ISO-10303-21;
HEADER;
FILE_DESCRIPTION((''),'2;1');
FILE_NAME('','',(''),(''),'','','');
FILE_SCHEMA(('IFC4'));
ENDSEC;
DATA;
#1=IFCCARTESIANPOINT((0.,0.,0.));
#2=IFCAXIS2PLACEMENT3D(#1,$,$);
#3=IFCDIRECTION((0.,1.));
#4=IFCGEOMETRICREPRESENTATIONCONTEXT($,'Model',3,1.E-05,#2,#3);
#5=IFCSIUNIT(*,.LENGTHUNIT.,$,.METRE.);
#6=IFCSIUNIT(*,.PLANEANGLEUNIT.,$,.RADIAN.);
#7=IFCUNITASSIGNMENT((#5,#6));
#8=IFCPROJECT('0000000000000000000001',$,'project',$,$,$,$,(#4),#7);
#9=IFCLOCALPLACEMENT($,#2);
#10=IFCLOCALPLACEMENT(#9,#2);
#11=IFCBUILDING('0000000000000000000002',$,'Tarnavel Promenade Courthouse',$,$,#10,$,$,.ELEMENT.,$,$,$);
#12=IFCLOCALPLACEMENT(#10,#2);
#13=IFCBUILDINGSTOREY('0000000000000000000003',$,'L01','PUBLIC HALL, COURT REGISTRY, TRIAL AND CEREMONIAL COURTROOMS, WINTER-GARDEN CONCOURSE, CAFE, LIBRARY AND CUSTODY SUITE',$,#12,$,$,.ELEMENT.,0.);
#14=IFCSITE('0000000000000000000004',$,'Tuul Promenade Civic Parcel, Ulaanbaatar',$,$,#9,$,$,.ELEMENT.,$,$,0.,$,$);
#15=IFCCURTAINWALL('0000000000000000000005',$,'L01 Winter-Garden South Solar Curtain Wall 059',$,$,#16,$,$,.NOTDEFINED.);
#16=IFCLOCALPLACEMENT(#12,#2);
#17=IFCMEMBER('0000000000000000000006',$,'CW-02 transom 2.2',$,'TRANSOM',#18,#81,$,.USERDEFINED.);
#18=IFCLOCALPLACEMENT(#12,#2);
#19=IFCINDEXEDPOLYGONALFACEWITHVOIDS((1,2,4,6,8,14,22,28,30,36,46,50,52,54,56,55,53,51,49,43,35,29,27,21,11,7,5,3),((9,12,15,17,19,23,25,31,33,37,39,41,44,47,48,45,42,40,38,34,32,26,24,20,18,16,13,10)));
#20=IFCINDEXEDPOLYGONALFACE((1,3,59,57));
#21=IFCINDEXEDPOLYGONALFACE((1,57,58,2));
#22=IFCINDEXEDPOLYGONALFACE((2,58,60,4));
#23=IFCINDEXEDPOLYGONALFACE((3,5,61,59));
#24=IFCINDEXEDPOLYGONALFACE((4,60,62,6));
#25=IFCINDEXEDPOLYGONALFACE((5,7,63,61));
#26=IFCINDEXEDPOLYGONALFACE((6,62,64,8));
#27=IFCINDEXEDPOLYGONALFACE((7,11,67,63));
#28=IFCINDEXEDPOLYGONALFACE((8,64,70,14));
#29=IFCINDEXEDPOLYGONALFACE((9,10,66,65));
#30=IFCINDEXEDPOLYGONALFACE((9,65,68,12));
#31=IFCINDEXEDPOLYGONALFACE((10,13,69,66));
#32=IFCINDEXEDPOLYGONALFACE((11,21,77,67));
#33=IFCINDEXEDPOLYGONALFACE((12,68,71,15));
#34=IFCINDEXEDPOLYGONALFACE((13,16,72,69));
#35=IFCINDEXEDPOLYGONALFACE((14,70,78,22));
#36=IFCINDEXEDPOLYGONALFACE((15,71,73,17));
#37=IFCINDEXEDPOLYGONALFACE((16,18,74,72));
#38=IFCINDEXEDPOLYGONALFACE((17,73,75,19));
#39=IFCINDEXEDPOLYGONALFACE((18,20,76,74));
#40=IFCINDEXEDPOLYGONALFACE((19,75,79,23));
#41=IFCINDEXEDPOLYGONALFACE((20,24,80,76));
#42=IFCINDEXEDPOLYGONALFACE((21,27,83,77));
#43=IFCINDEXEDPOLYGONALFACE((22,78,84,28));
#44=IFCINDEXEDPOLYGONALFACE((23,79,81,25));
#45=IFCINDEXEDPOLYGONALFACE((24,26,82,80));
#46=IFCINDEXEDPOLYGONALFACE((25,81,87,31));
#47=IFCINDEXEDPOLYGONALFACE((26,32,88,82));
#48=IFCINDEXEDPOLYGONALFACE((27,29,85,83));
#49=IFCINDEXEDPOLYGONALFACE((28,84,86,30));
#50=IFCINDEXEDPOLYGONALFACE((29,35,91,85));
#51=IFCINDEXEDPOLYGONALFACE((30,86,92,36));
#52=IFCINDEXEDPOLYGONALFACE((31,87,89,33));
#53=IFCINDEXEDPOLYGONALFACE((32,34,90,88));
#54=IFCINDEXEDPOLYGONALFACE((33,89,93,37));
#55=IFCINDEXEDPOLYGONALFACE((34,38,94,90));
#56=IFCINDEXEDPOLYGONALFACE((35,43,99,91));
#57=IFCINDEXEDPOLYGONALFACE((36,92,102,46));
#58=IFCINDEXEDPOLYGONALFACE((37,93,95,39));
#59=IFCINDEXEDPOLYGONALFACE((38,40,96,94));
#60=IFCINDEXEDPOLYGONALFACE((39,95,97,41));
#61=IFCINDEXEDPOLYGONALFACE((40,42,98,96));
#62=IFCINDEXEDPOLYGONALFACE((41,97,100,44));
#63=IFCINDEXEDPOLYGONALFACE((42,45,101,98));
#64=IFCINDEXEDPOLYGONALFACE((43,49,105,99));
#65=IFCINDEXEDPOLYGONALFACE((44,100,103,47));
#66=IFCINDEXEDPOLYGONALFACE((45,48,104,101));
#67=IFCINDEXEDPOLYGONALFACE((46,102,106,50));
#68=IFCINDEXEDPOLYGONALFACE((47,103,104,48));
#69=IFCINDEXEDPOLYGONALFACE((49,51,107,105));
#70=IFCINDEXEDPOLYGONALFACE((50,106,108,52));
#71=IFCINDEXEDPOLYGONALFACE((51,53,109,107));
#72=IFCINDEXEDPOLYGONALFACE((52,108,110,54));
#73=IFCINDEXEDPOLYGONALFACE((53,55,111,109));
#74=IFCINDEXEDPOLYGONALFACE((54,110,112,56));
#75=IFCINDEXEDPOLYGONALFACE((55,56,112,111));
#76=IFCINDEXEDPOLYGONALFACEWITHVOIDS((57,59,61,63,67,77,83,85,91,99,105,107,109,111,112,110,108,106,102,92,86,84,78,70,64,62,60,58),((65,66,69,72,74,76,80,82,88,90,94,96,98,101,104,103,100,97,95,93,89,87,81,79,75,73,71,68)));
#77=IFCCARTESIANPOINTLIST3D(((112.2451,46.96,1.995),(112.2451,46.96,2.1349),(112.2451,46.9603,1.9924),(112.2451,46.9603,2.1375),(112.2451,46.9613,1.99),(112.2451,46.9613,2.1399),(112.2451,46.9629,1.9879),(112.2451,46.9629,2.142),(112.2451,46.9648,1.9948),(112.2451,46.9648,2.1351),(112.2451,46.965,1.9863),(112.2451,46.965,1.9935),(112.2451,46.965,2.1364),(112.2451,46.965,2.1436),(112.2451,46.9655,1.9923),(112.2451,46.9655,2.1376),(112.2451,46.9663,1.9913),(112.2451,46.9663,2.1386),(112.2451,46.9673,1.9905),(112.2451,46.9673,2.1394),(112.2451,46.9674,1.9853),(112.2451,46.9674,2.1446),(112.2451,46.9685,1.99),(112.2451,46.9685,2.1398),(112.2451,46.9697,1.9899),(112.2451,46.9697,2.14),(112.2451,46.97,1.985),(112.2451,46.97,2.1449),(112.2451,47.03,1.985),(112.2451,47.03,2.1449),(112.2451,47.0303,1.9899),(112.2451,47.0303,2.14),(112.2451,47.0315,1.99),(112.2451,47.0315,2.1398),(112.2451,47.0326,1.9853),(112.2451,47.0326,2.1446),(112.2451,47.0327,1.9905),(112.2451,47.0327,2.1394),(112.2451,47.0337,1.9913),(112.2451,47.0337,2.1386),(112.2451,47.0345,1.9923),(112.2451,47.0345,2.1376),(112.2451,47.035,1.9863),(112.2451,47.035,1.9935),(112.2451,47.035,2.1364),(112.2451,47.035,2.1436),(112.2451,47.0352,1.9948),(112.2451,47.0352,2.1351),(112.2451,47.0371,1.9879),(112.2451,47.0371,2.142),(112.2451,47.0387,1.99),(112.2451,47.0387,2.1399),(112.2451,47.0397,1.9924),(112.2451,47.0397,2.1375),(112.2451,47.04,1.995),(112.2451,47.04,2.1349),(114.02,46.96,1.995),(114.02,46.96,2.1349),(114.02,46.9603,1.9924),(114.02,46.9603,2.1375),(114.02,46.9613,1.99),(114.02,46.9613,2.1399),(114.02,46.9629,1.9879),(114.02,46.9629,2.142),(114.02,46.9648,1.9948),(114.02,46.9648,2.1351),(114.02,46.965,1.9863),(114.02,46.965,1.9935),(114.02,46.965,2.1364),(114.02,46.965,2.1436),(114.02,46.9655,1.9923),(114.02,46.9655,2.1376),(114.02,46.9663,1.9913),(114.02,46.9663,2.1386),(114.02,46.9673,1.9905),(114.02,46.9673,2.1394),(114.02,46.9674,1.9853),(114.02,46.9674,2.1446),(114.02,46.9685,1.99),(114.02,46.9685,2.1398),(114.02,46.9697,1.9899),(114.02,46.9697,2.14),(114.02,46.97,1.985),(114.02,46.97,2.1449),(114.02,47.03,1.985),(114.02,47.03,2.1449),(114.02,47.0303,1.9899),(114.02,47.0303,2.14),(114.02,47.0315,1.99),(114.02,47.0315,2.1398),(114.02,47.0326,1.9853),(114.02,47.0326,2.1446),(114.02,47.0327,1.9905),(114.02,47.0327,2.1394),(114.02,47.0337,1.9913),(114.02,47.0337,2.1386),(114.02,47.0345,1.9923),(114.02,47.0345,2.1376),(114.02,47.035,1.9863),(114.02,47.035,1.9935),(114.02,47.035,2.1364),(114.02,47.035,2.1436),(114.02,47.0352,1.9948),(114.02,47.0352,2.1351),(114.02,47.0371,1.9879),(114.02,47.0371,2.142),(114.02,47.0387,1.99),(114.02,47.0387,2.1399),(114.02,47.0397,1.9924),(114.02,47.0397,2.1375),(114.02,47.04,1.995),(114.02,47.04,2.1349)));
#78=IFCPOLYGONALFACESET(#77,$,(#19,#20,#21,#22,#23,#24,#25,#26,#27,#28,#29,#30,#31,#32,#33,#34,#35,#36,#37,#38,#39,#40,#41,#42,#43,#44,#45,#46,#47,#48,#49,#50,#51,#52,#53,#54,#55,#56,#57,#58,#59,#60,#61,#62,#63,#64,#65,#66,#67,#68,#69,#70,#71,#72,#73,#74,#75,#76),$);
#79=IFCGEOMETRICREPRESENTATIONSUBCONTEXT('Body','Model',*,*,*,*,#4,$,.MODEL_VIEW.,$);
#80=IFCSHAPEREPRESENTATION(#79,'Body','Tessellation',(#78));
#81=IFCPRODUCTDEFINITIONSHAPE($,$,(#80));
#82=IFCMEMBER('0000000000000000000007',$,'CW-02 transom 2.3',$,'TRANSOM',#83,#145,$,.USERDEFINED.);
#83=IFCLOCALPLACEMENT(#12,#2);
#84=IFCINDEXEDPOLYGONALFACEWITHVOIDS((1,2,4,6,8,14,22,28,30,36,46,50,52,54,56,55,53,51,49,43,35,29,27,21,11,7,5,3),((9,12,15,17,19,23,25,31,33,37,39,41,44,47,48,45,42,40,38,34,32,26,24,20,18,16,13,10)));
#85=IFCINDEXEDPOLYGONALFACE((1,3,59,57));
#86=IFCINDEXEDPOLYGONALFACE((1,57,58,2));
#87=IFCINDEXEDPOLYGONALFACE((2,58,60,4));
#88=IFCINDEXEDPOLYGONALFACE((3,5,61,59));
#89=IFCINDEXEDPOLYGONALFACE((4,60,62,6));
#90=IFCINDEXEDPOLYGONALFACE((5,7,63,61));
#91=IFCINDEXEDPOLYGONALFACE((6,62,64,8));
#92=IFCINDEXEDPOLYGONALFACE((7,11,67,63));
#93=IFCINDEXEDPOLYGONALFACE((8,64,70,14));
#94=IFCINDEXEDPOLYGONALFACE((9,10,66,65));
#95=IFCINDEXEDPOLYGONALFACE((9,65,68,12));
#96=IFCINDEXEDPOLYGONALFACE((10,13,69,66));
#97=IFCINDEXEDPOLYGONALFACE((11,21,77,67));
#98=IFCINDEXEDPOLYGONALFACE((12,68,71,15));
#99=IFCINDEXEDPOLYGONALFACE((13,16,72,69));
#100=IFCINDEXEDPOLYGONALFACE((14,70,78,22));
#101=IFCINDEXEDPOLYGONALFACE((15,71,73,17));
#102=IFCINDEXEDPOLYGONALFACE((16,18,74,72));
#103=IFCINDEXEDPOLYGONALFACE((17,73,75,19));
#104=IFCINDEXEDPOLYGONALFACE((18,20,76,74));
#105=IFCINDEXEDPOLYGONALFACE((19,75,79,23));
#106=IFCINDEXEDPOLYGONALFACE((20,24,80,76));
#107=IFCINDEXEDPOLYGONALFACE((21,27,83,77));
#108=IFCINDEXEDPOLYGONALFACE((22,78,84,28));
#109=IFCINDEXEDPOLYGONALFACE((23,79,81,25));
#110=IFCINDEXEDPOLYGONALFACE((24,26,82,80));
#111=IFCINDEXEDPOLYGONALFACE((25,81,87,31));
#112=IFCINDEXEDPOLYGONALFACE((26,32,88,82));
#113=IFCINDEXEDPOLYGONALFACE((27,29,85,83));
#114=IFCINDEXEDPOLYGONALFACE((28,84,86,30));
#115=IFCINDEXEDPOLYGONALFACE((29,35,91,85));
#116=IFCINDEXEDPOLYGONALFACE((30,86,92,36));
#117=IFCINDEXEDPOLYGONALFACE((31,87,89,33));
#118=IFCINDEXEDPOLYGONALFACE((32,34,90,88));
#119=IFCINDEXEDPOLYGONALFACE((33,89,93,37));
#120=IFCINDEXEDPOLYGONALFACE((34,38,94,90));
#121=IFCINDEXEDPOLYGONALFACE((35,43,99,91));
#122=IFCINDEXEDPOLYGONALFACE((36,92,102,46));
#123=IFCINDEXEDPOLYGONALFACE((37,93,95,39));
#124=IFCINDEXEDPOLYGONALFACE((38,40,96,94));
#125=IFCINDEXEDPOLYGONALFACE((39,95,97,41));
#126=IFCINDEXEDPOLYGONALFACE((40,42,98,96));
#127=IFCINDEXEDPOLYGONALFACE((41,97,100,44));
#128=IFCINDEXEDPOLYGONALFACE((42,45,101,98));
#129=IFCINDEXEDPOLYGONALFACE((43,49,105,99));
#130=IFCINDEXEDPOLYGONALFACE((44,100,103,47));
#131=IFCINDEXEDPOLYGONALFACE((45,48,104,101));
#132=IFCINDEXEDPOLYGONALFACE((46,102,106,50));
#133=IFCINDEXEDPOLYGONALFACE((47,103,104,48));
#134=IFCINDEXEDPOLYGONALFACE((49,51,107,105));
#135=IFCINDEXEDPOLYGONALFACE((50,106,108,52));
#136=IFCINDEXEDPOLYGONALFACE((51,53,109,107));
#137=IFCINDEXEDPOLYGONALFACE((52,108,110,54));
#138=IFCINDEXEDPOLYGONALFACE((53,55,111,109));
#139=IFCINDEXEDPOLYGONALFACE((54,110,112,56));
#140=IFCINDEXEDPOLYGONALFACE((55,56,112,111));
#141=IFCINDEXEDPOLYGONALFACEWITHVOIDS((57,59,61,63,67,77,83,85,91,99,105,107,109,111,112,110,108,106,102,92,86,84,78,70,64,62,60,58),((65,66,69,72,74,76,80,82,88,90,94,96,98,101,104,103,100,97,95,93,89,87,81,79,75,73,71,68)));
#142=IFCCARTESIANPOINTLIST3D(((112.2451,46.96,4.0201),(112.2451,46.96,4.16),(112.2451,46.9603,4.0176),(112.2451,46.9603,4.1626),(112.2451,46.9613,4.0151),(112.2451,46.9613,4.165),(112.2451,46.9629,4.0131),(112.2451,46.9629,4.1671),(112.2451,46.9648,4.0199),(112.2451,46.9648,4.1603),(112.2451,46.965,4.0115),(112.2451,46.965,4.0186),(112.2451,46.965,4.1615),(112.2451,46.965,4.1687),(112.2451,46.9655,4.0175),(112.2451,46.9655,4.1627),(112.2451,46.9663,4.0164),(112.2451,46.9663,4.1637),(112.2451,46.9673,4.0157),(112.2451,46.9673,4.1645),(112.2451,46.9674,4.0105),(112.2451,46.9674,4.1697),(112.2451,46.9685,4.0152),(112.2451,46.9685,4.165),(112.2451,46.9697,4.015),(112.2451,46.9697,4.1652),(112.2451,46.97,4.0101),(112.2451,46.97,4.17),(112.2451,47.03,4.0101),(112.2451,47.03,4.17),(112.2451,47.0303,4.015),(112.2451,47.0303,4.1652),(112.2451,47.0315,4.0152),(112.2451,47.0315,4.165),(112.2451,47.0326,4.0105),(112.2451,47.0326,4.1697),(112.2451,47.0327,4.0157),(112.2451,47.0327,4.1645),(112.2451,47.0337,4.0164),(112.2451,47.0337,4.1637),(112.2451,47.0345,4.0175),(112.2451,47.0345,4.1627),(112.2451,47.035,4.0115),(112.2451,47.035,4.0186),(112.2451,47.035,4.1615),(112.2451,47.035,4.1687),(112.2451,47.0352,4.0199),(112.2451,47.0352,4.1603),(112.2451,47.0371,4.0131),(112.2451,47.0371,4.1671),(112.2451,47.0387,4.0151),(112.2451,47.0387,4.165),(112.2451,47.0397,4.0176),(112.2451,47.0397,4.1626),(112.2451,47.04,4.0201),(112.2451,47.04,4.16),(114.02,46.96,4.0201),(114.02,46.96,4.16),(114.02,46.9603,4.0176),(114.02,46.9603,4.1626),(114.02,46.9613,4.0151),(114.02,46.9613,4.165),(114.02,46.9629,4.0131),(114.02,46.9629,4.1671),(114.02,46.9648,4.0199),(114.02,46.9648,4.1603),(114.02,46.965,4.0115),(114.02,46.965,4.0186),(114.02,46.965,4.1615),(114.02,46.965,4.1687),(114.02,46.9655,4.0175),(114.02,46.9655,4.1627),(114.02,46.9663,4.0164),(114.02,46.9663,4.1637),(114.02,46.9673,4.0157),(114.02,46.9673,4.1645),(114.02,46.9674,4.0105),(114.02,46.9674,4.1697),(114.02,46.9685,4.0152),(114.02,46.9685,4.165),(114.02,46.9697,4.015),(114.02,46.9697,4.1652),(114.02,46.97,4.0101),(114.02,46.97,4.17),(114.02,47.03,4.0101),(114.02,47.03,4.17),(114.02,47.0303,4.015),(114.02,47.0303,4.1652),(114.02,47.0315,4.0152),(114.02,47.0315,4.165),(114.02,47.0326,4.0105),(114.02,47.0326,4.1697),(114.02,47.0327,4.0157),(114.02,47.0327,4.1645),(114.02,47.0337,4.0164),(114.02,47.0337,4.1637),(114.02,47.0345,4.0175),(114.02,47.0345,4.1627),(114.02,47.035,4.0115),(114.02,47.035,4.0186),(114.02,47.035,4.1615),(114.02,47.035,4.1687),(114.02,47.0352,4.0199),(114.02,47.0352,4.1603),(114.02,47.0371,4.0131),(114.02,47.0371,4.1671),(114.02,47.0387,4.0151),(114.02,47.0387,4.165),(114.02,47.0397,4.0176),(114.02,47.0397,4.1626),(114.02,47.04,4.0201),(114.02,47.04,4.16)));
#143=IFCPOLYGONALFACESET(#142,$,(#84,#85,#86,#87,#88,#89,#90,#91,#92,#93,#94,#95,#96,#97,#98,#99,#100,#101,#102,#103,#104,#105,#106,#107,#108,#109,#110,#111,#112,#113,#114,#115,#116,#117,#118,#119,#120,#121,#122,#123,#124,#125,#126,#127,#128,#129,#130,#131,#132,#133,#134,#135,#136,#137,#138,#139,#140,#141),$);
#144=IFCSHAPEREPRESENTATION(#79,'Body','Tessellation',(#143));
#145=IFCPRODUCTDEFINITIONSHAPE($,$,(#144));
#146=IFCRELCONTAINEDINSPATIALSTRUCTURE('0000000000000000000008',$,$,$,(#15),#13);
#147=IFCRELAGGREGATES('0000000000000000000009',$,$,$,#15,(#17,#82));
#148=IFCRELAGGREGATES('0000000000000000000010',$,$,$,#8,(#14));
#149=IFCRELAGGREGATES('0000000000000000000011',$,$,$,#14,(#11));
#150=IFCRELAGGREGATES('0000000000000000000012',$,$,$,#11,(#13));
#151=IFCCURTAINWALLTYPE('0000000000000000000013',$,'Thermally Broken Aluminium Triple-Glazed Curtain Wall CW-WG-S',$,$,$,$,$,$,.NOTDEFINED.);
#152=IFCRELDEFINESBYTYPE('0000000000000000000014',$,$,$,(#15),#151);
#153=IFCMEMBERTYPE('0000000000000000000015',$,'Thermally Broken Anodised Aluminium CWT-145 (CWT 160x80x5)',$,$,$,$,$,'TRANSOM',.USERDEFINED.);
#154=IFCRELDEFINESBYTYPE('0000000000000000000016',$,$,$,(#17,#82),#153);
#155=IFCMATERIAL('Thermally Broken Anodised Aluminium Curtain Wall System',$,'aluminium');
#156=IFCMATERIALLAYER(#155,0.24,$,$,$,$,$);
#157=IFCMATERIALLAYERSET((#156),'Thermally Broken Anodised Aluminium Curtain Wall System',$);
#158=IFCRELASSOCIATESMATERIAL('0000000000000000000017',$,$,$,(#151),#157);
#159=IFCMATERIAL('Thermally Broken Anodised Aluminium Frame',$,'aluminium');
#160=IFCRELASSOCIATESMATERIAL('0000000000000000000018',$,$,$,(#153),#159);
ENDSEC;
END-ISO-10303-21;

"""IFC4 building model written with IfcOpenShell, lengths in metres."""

from ifc_helpers import new_model, si_unit, direction, frame, origin, origin_2d, place, context, subcontext, project, spatial, hollow_rectangle, extrude, material, layer, layer_set, material_profile, profile_set, type_object, element, aggregate, save


model = new_model("IFC4")

# Units and contexts
model_context = context("Model", 3, precision=1e-05, world=origin(), true_north=direction((0.0, 1.0)))
body_context = subcontext(model_context, "Body", "Model", "MODEL_VIEW")
ifc_project = project(units=[si_unit("LENGTHUNIT", "METRE"), si_unit("PLANEANGLEUNIT", "RADIAN")], contexts=[model_context])

# Site, building, storey
site_placement = place(None, origin())
site = spatial("IfcSite", under=ifc_project, at=site_placement, Name="Tuul Promenade Civic Parcel, Ulaanbaatar", CompositionType="ELEMENT", RefElevation=0.0)
building_placement = place(site_placement, origin())
building = spatial("IfcBuilding", under=site, at=building_placement, Name="Tarnavel Promenade Courthouse", CompositionType="ELEMENT")
storey_placement = place(building_placement, origin())
storey = spatial("IfcBuildingStorey", under=building, at=storey_placement, Name="L01", Description="PUBLIC HALL, COURT REGISTRY, TRIAL AND CEREMONIAL COURTROOMS, WINTER-GARDEN CONCOURSE, CAFE, LIBRARY AND CUSTODY SUITE", CompositionType="ELEMENT", Elevation=0.0)

# Shared definitions
ifc_material_1 = material(Name="Thermally Broken Anodised Aluminium Curtain Wall System", Category="aluminium")
ifc_layer_1 = layer(ifc_material_1, 0.24)
ifc_layer_set_1 = layer_set([ifc_layer_1], Name="Thermally Broken Anodised Aluminium Curtain Wall System")
curtain_wall_type = type_object("IfcCurtainWallType", Name="Thermally Broken Aluminium Triple-Glazed Curtain Wall CW-WG-S", PredefinedType="NOTDEFINED", material=ifc_layer_set_1)
ifc_material_2 = material(Name="Thermally Broken Anodised Aluminium Frame", Category="aluminium")

# Curtain wall
curtain_wall_1_placement = place(storey_placement, origin())
curtain_wall_1 = element("IfcCurtainWall", 1, at=curtain_wall_1_placement, inside=storey, type_object=curtain_wall_type, Name="L01 Winter-Garden South Solar Curtain Wall 059", PredefinedType="NOTDEFINED")

# Members
ifc_material_profile_1 = material_profile(ifc_material_2, hollow_rectangle(XDim=0.0801, YDim=0.1599, WallThickness=0.0049, InnerFilletRadius=0.0049, OuterFilletRadius=0.01, at=origin_2d()), Name="CWT 160x80x5")
ifc_profile_set_1 = profile_set([ifc_material_profile_1], Name="Thermally Broken Anodised Aluminium Frame")
member_type_1 = type_object("IfcMemberType", Name="Thermally Broken Anodised Aluminium CWT-145 (CWT 160x80x5)", ElementType="TRANSOM", PredefinedType="USERDEFINED", material=ifc_profile_set_1)
member_1_placement = place(storey_placement, frame((112.2451, 47.0, 2.0649), z_axis=(1.0, 0.0, 0.0), x_axis=(0.0, 1.0, 0.0)))
member_1 = element("IfcMember", 2, at=member_1_placement, type_object=member_type_1, Name="CW-02 transom 2.2", ObjectType="TRANSOM", PredefinedType="USERDEFINED", context=body_context, shape_type="SweptSolid", body=[
    extrude(hollow_rectangle(XDim=0.0801, YDim=0.1599, WallThickness=0.0049, InnerFilletRadius=0.0049, OuterFilletRadius=0.01, at=origin_2d()), origin(), (0.0, 0.0, 1.0), 1.7749),
])
member_2_placement = place(storey_placement, frame((112.2451, 47.0, 4.0901), z_axis=(1.0, 0.0, 0.0), x_axis=(0.0, 1.0, 0.0)))
member_2 = element("IfcMember", 3, at=member_2_placement, type_object=member_type_1, Name="CW-02 transom 2.3", ObjectType="TRANSOM", PredefinedType="USERDEFINED", context=body_context, shape_type="SweptSolid", body=[
    extrude(hollow_rectangle(XDim=0.0801, YDim=0.1599, WallThickness=0.0049, InnerFilletRadius=0.0049, OuterFilletRadius=0.01, at=origin_2d()), origin(), (0.0, 0.0, 1.0), 1.7749),
])

aggregate(curtain_wall_1, [member_1, member_2])

save(model, "model.ifc")
